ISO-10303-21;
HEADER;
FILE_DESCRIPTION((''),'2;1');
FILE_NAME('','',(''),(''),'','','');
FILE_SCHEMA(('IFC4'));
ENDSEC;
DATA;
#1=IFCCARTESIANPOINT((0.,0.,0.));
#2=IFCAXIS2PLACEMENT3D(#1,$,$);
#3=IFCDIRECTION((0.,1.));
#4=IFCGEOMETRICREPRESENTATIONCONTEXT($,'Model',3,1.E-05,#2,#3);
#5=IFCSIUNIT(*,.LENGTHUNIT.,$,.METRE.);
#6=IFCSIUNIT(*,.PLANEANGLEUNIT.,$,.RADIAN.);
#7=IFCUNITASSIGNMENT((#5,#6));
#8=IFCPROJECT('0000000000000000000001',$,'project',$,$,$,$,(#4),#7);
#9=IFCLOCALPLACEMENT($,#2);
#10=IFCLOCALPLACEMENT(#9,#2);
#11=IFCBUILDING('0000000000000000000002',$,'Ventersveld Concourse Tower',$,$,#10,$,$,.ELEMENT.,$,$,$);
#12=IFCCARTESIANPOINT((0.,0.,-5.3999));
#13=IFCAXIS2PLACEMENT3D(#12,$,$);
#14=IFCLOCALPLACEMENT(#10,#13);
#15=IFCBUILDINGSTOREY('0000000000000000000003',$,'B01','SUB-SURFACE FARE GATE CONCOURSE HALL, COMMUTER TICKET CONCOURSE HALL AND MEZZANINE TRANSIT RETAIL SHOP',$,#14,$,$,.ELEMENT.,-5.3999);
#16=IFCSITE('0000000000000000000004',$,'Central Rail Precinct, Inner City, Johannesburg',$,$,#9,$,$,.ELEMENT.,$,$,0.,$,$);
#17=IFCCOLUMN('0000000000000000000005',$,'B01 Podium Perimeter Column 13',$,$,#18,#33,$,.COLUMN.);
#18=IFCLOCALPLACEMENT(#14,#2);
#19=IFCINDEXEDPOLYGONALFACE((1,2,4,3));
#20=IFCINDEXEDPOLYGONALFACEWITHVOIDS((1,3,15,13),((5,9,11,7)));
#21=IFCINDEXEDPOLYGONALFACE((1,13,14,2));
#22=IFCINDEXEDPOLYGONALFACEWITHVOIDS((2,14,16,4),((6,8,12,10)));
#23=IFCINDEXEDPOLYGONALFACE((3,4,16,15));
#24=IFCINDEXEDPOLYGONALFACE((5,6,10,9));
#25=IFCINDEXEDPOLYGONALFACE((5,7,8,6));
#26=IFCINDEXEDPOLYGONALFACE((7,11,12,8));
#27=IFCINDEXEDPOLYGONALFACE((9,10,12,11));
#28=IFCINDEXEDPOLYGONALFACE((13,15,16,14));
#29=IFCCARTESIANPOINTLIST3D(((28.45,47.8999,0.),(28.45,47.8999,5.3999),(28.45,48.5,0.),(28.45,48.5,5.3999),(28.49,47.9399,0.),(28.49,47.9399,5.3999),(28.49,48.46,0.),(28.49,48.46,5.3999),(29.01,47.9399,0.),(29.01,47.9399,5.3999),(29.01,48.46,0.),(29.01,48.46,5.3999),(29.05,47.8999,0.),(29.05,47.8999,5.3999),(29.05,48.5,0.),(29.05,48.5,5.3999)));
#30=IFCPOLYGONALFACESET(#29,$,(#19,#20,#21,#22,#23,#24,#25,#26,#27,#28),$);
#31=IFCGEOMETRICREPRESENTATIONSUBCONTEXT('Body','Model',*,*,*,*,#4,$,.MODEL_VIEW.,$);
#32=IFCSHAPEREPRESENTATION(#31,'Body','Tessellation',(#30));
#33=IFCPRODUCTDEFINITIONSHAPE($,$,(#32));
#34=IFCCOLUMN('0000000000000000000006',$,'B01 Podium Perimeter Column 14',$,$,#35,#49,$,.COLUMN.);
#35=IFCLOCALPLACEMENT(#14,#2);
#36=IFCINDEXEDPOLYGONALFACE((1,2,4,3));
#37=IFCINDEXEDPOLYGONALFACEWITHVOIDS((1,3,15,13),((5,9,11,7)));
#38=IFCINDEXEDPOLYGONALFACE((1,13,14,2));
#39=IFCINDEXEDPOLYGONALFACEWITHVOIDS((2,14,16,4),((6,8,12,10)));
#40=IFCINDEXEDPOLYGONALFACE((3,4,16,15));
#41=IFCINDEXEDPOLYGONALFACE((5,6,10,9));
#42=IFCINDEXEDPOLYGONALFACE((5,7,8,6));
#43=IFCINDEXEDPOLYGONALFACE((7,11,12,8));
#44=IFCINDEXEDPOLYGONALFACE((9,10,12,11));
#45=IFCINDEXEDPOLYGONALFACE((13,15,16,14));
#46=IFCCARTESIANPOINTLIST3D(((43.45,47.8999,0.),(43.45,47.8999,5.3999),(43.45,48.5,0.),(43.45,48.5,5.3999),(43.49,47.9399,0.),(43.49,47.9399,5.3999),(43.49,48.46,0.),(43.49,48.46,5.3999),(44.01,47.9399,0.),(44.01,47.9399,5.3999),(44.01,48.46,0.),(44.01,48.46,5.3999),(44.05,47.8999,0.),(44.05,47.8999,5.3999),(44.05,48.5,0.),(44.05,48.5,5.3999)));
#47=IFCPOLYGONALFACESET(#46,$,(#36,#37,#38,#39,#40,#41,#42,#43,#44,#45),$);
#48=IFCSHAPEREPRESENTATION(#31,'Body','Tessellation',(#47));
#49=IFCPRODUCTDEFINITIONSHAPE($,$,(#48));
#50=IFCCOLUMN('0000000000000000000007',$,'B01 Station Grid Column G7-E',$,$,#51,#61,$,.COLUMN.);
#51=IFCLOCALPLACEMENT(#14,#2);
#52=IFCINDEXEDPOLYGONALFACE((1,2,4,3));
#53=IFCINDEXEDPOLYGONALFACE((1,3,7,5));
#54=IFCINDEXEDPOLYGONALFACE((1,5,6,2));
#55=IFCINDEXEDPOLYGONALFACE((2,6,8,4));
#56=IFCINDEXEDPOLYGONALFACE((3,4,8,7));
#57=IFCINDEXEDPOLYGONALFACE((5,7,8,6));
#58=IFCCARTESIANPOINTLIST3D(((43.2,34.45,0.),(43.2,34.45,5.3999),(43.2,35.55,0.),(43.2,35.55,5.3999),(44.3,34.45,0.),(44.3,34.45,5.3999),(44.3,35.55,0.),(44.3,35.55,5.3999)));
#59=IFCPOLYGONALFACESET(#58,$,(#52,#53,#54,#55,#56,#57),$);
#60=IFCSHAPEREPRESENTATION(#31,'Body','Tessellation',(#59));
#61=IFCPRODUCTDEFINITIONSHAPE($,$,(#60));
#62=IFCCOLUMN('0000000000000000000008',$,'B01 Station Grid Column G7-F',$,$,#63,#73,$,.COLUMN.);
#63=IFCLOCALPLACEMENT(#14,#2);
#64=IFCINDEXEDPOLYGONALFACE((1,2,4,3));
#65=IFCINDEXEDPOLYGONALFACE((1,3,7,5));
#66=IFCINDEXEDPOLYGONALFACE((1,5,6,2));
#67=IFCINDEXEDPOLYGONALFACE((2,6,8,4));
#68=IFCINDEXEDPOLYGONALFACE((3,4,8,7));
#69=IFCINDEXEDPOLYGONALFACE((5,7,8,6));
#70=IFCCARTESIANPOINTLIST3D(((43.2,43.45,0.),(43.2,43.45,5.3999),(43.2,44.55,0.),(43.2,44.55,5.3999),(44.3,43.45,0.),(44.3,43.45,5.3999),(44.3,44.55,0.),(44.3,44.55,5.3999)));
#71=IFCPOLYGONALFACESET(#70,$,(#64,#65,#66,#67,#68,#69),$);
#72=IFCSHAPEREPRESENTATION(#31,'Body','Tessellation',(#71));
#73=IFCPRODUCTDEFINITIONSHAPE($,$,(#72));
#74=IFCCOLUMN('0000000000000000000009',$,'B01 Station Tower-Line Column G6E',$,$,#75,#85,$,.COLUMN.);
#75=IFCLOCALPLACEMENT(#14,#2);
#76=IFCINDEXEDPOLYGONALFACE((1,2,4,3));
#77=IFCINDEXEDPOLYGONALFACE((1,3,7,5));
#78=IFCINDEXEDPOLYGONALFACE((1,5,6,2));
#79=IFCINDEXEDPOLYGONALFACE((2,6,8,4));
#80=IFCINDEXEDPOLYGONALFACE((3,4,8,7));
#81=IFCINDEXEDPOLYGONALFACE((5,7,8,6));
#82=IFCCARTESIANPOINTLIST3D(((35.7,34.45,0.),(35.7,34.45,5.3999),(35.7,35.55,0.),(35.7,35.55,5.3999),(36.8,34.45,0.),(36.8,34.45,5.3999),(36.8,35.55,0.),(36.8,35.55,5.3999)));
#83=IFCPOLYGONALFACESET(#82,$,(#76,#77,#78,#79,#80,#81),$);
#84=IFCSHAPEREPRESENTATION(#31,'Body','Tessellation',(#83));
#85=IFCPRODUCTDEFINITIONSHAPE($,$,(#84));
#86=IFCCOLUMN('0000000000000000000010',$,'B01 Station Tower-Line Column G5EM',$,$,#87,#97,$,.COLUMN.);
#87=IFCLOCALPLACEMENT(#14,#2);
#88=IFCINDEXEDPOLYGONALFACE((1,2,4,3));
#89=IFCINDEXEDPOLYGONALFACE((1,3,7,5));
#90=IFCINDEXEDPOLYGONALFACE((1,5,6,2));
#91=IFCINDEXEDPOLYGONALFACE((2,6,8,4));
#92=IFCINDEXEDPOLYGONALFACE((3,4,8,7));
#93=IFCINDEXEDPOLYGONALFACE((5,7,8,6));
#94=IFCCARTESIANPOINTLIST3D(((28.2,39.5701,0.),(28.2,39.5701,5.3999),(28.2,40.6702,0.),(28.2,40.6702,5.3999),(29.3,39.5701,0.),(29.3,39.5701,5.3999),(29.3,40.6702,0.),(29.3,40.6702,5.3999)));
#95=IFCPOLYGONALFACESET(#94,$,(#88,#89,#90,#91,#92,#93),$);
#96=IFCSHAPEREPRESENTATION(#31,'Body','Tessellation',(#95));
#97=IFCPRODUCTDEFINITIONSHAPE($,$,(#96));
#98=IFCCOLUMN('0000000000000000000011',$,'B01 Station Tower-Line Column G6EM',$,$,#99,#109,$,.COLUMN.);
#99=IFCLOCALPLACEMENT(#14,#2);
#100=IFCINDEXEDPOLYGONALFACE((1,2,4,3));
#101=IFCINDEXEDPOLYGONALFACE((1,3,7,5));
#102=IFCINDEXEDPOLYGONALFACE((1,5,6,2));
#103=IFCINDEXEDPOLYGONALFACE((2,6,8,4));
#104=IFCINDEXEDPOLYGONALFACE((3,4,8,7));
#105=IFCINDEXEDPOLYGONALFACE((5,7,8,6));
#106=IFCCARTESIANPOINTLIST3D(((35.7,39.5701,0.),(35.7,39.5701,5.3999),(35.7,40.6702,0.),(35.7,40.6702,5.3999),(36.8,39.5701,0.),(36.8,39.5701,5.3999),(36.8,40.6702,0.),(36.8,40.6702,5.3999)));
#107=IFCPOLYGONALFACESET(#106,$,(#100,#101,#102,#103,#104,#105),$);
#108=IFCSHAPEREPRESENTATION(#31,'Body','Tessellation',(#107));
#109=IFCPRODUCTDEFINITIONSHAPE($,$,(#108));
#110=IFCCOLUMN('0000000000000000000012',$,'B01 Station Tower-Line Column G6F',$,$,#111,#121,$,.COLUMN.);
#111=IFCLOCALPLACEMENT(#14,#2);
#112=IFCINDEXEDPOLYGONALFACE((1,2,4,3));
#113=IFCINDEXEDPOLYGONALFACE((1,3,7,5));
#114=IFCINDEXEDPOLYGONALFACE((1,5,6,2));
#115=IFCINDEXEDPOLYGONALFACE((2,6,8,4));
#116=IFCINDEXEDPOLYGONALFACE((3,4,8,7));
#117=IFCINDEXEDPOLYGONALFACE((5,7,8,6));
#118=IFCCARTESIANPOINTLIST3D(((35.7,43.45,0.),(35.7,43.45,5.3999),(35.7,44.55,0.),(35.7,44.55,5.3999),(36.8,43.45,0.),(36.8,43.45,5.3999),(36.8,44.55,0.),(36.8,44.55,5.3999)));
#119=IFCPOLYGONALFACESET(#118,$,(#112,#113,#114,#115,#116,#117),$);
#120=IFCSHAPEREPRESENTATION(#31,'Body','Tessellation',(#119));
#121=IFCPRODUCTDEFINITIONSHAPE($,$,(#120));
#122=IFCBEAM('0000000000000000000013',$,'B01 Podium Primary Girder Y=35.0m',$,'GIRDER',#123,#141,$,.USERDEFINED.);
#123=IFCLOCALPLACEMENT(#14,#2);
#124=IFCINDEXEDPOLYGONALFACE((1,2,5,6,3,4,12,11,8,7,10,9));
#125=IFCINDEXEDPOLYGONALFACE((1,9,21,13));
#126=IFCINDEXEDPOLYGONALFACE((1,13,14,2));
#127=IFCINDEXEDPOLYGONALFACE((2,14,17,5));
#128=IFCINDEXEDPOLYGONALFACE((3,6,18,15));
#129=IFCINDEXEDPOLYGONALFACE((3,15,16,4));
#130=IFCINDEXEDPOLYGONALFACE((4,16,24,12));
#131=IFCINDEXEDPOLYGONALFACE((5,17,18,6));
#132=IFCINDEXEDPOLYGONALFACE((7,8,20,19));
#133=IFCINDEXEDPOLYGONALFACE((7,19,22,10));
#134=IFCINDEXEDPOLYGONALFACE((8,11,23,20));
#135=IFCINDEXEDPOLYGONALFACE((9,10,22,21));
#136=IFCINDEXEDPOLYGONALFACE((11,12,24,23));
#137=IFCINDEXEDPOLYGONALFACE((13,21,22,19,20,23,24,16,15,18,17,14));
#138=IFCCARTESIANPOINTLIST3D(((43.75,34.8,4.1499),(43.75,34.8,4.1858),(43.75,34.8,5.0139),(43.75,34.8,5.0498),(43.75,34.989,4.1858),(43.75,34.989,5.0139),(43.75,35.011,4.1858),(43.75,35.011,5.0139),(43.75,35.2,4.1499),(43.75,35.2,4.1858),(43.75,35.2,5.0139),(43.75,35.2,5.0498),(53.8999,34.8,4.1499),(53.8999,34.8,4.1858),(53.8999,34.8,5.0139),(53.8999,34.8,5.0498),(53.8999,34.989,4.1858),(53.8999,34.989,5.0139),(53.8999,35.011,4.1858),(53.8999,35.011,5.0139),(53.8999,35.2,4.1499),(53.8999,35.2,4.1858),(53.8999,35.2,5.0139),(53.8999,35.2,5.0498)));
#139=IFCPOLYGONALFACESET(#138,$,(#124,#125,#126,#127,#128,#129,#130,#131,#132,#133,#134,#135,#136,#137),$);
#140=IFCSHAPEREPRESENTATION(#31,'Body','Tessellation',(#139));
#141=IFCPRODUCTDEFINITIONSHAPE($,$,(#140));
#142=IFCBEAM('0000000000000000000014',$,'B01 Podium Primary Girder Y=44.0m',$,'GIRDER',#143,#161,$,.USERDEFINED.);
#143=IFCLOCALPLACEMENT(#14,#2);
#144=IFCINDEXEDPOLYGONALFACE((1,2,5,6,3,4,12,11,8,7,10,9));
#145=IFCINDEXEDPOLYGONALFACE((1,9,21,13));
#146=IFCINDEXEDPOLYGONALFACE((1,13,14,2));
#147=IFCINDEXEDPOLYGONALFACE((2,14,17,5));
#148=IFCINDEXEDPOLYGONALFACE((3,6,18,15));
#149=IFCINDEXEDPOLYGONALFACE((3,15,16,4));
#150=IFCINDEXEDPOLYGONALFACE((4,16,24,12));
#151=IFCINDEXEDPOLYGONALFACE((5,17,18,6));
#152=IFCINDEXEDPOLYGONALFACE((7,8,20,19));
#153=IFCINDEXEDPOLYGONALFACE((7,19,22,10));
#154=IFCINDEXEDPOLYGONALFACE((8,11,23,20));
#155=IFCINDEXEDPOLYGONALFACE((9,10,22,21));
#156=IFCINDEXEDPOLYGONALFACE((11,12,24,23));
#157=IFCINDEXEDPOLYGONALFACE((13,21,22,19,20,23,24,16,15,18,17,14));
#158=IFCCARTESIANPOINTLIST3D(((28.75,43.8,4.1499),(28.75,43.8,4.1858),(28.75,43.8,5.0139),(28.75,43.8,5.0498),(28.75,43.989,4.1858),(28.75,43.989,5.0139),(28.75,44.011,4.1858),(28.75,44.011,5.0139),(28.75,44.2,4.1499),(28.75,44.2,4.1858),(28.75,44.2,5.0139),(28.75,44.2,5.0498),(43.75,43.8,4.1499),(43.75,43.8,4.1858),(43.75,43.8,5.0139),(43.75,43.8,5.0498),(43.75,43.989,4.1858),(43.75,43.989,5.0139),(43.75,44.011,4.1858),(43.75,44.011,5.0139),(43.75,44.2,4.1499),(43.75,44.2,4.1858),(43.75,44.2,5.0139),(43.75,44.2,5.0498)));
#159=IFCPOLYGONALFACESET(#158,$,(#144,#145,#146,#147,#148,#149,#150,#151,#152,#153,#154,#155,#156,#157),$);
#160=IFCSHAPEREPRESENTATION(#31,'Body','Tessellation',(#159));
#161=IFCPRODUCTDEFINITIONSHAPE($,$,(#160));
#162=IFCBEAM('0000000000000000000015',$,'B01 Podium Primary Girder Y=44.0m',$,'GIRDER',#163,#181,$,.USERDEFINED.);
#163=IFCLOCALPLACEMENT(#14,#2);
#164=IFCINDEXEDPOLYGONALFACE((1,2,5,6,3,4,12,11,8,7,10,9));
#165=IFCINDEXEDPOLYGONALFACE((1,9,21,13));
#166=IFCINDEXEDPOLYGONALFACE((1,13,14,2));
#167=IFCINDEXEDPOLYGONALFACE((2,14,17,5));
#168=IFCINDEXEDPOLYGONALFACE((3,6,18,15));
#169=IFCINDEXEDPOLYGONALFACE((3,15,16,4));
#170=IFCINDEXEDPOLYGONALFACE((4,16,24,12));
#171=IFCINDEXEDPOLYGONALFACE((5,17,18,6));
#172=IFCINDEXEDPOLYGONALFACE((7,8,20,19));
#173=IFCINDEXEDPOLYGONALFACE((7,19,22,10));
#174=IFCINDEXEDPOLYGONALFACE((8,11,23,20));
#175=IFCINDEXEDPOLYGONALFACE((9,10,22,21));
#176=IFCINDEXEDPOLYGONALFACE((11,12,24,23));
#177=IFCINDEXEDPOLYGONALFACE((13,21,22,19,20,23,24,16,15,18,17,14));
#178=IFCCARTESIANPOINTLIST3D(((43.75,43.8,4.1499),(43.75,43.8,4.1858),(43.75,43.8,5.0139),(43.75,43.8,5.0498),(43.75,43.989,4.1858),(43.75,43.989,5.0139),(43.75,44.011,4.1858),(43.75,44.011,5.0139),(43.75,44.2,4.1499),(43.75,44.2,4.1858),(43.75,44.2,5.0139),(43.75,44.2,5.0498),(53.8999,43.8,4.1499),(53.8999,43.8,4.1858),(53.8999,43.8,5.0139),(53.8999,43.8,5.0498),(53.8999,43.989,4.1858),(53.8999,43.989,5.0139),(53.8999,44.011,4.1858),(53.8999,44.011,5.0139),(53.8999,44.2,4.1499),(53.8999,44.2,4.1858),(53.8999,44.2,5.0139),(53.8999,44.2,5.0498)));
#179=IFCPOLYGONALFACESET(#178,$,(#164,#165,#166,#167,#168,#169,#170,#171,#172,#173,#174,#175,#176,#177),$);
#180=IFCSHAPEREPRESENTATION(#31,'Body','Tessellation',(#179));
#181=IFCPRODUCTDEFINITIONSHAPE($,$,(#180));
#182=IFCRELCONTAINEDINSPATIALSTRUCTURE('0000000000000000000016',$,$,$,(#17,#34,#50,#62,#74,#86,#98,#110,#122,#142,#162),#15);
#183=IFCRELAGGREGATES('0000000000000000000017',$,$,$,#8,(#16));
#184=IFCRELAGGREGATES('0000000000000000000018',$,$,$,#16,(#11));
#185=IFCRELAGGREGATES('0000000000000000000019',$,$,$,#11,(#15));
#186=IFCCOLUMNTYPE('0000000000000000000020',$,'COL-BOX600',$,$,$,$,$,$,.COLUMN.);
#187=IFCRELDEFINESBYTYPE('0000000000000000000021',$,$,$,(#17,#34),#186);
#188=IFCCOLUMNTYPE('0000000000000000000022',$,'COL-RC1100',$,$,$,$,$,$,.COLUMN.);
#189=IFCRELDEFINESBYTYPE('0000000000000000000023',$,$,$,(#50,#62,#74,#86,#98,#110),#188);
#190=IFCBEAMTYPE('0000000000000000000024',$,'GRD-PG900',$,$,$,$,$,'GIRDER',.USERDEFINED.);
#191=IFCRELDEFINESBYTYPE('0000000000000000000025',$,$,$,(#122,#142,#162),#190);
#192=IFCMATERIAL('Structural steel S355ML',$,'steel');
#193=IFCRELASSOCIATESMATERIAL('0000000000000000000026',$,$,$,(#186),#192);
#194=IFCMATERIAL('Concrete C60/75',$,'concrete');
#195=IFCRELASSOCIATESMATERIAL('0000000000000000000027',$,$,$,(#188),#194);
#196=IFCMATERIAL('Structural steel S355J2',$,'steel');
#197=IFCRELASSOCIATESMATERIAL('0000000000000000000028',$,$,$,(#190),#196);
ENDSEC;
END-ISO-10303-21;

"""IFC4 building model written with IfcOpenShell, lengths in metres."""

from ifc_helpers import new_model, si_unit, direction, frame, origin, origin_2d, place, context, subcontext, project, spatial, rectangle, hollow_rectangle, i_section, extrude, material, material_profile, profile_set, type_object, element, save


model = new_model("IFC4")

# Units and contexts
model_context = context("Model", 3, precision=1e-05, world=origin(), true_north=direction((0.0, 1.0)))
body_context = subcontext(model_context, "Body", "Model", "MODEL_VIEW")
ifc_project = project(units=[si_unit("LENGTHUNIT", "METRE"), si_unit("PLANEANGLEUNIT", "RADIAN")], contexts=[model_context])

# Site, building, storey
site_placement = place(None, origin())
site = spatial("IfcSite", under=ifc_project, at=site_placement, Name="Central Rail Precinct, Inner City, Johannesburg", CompositionType="ELEMENT", RefElevation=0.0)
building_placement = place(site_placement, origin())
building = spatial("IfcBuilding", under=site, at=building_placement, Name="Ventersveld Concourse Tower", CompositionType="ELEMENT")
storey_placement = place(building_placement, frame((0.0, 0.0, -5.3999)))
storey = spatial("IfcBuildingStorey", under=building, at=storey_placement, Name="B01", Description="SUB-SURFACE FARE GATE CONCOURSE HALL, COMMUTER TICKET CONCOURSE HALL AND MEZZANINE TRANSIT RETAIL SHOP", CompositionType="ELEMENT", Elevation=-5.3999)

# Columns
ifc_material_1 = material(Name="Structural steel S355ML", Category="steel")
ifc_material_profile_1 = material_profile(ifc_material_1, hollow_rectangle(XDim=0.6001, YDim=0.6001, WallThickness=0.04, at=origin_2d()), Name="BOX 600x600x40")
ifc_profile_set_1 = profile_set([ifc_material_profile_1], Name="Structural steel S355ML")
column_type_1 = type_object("IfcColumnType", Name="COL-BOX600", PredefinedType="COLUMN", material=ifc_profile_set_1)
for number, where, z_axis, x_axis, name in (
    (1, (28.75, 48.2, 0.0), (0.0, 0.0, 1.0), (1.0, 0.0, 0.0), "B01 Podium Perimeter Column 13"),
    (2, (43.75, 48.2, 0.0), (0.0, 0.0, 1.0), (1.0, 0.0, 0.0), "B01 Podium Perimeter Column 14"),
):
    element("IfcColumn", number, at=place(storey_placement, frame(where, z_axis=z_axis, x_axis=x_axis)), inside=storey, type_object=column_type_1, Name=name, PredefinedType="COLUMN", context=body_context, shape_type="SweptSolid", body=[
        extrude(hollow_rectangle(XDim=0.6001, YDim=0.6001, WallThickness=0.04, at=origin_2d()), origin(), (0.0, 0.0, 1.0), 5.3999),
    ])
ifc_material_2 = material(Name="Concrete C60/75", Category="concrete")
ifc_material_profile_2 = material_profile(ifc_material_2, rectangle(XDim=1.1001, YDim=1.1001, at=origin_2d()), Name="RC 1100x1100")
ifc_profile_set_2 = profile_set([ifc_material_profile_2], Name="Concrete C60/75")
column_type_2 = type_object("IfcColumnType", Name="COL-RC1100", PredefinedType="COLUMN", material=ifc_profile_set_2)
for number, where, z_axis, x_axis, name in (
    (3, (43.75, 35.0, 0.0), (0.0, 0.0, 1.0), (1.0, 0.0, 0.0), "B01 Station Grid Column G7-E"),
    (4, (43.75, 44.0, 0.0), (0.0, 0.0, 1.0), (1.0, 0.0, 0.0), "B01 Station Grid Column G7-F"),
    (5, (36.25, 35.0, 0.0), (0.0, 0.0, 1.0), (1.0, 0.0, 0.0), "B01 Station Tower-Line Column G6E"),
    (6, (28.75, 40.1201, 0.0), (0.0, 0.0, 1.0), (1.0, 0.0, 0.0), "B01 Station Tower-Line Column G5EM"),
    (7, (36.25, 40.1201, 0.0), (0.0, 0.0, 1.0), (1.0, 0.0, 0.0), "B01 Station Tower-Line Column G6EM"),
    (8, (36.25, 44.0, 0.0), (0.0, 0.0, 1.0), (1.0, 0.0, 0.0), "B01 Station Tower-Line Column G6F"),
):
    element("IfcColumn", number, at=place(storey_placement, frame(where, z_axis=z_axis, x_axis=x_axis)), inside=storey, type_object=column_type_2, Name=name, PredefinedType="COLUMN", context=body_context, shape_type="SweptSolid", body=[
        extrude(rectangle(XDim=1.1001, YDim=1.1001, at=origin_2d()), origin(), (0.0, 0.0, 1.0), 5.3999),
    ])

# Beams
ifc_material_3 = material(Name="Structural steel S355J2", Category="steel")
ifc_material_profile_3 = material_profile(ifc_material_3, i_section(OverallWidth=0.3999, OverallDepth=0.8999, WebThickness=0.022, FlangeThickness=0.0359, at=origin_2d()), Name="PG 900x400x36")
ifc_profile_set_3 = profile_set([ifc_material_profile_3], Name="Structural steel S355J2")
beam_type_1 = type_object("IfcBeamType", Name="GRD-PG900", ElementType="GIRDER", PredefinedType="USERDEFINED", material=ifc_profile_set_3)
beam_1_placement = place(storey_placement, frame((43.75, 35.0, 4.5999), z_axis=(1.0, 0.0, 0.0), x_axis=(0.0, 1.0, 0.0)))
element("IfcBeam", 9, at=beam_1_placement, inside=storey, type_object=beam_type_1, Name="B01 Podium Primary Girder Y=35.0m", ObjectType="GIRDER", PredefinedType="USERDEFINED", context=body_context, shape_type="SweptSolid", body=[
    extrude(i_section(OverallWidth=0.3999, OverallDepth=0.8999, WebThickness=0.022, FlangeThickness=0.0359, at=origin_2d()), origin(), (0.0, 0.0, 1.0), 10.1499),
])
beam_2_placement = place(storey_placement, frame((28.75, 44.0, 4.5999), z_axis=(1.0, 0.0, 0.0), x_axis=(0.0, 1.0, 0.0)))
element("IfcBeam", 10, at=beam_2_placement, inside=storey, type_object=beam_type_1, Name="B01 Podium Primary Girder Y=44.0m", ObjectType="GIRDER", PredefinedType="USERDEFINED", context=body_context, shape_type="SweptSolid", body=[
    extrude(i_section(OverallWidth=0.3999, OverallDepth=0.8999, WebThickness=0.022, FlangeThickness=0.0359, at=origin_2d()), origin(), (0.0, 0.0, 1.0), 15.0),
])
beam_3_placement = place(storey_placement, frame((43.75, 44.0, 4.5999), z_axis=(1.0, 0.0, 0.0), x_axis=(0.0, 1.0, 0.0)))
element("IfcBeam", 11, at=beam_3_placement, inside=storey, type_object=beam_type_1, Name="B01 Podium Primary Girder Y=44.0m", ObjectType="GIRDER", PredefinedType="USERDEFINED", context=body_context, shape_type="SweptSolid", body=[
    extrude(i_section(OverallWidth=0.3999, OverallDepth=0.8999, WebThickness=0.022, FlangeThickness=0.0359, at=origin_2d()), origin(), (0.0, 0.0, 1.0), 10.1499),
])

save(model, "model.ifc")
